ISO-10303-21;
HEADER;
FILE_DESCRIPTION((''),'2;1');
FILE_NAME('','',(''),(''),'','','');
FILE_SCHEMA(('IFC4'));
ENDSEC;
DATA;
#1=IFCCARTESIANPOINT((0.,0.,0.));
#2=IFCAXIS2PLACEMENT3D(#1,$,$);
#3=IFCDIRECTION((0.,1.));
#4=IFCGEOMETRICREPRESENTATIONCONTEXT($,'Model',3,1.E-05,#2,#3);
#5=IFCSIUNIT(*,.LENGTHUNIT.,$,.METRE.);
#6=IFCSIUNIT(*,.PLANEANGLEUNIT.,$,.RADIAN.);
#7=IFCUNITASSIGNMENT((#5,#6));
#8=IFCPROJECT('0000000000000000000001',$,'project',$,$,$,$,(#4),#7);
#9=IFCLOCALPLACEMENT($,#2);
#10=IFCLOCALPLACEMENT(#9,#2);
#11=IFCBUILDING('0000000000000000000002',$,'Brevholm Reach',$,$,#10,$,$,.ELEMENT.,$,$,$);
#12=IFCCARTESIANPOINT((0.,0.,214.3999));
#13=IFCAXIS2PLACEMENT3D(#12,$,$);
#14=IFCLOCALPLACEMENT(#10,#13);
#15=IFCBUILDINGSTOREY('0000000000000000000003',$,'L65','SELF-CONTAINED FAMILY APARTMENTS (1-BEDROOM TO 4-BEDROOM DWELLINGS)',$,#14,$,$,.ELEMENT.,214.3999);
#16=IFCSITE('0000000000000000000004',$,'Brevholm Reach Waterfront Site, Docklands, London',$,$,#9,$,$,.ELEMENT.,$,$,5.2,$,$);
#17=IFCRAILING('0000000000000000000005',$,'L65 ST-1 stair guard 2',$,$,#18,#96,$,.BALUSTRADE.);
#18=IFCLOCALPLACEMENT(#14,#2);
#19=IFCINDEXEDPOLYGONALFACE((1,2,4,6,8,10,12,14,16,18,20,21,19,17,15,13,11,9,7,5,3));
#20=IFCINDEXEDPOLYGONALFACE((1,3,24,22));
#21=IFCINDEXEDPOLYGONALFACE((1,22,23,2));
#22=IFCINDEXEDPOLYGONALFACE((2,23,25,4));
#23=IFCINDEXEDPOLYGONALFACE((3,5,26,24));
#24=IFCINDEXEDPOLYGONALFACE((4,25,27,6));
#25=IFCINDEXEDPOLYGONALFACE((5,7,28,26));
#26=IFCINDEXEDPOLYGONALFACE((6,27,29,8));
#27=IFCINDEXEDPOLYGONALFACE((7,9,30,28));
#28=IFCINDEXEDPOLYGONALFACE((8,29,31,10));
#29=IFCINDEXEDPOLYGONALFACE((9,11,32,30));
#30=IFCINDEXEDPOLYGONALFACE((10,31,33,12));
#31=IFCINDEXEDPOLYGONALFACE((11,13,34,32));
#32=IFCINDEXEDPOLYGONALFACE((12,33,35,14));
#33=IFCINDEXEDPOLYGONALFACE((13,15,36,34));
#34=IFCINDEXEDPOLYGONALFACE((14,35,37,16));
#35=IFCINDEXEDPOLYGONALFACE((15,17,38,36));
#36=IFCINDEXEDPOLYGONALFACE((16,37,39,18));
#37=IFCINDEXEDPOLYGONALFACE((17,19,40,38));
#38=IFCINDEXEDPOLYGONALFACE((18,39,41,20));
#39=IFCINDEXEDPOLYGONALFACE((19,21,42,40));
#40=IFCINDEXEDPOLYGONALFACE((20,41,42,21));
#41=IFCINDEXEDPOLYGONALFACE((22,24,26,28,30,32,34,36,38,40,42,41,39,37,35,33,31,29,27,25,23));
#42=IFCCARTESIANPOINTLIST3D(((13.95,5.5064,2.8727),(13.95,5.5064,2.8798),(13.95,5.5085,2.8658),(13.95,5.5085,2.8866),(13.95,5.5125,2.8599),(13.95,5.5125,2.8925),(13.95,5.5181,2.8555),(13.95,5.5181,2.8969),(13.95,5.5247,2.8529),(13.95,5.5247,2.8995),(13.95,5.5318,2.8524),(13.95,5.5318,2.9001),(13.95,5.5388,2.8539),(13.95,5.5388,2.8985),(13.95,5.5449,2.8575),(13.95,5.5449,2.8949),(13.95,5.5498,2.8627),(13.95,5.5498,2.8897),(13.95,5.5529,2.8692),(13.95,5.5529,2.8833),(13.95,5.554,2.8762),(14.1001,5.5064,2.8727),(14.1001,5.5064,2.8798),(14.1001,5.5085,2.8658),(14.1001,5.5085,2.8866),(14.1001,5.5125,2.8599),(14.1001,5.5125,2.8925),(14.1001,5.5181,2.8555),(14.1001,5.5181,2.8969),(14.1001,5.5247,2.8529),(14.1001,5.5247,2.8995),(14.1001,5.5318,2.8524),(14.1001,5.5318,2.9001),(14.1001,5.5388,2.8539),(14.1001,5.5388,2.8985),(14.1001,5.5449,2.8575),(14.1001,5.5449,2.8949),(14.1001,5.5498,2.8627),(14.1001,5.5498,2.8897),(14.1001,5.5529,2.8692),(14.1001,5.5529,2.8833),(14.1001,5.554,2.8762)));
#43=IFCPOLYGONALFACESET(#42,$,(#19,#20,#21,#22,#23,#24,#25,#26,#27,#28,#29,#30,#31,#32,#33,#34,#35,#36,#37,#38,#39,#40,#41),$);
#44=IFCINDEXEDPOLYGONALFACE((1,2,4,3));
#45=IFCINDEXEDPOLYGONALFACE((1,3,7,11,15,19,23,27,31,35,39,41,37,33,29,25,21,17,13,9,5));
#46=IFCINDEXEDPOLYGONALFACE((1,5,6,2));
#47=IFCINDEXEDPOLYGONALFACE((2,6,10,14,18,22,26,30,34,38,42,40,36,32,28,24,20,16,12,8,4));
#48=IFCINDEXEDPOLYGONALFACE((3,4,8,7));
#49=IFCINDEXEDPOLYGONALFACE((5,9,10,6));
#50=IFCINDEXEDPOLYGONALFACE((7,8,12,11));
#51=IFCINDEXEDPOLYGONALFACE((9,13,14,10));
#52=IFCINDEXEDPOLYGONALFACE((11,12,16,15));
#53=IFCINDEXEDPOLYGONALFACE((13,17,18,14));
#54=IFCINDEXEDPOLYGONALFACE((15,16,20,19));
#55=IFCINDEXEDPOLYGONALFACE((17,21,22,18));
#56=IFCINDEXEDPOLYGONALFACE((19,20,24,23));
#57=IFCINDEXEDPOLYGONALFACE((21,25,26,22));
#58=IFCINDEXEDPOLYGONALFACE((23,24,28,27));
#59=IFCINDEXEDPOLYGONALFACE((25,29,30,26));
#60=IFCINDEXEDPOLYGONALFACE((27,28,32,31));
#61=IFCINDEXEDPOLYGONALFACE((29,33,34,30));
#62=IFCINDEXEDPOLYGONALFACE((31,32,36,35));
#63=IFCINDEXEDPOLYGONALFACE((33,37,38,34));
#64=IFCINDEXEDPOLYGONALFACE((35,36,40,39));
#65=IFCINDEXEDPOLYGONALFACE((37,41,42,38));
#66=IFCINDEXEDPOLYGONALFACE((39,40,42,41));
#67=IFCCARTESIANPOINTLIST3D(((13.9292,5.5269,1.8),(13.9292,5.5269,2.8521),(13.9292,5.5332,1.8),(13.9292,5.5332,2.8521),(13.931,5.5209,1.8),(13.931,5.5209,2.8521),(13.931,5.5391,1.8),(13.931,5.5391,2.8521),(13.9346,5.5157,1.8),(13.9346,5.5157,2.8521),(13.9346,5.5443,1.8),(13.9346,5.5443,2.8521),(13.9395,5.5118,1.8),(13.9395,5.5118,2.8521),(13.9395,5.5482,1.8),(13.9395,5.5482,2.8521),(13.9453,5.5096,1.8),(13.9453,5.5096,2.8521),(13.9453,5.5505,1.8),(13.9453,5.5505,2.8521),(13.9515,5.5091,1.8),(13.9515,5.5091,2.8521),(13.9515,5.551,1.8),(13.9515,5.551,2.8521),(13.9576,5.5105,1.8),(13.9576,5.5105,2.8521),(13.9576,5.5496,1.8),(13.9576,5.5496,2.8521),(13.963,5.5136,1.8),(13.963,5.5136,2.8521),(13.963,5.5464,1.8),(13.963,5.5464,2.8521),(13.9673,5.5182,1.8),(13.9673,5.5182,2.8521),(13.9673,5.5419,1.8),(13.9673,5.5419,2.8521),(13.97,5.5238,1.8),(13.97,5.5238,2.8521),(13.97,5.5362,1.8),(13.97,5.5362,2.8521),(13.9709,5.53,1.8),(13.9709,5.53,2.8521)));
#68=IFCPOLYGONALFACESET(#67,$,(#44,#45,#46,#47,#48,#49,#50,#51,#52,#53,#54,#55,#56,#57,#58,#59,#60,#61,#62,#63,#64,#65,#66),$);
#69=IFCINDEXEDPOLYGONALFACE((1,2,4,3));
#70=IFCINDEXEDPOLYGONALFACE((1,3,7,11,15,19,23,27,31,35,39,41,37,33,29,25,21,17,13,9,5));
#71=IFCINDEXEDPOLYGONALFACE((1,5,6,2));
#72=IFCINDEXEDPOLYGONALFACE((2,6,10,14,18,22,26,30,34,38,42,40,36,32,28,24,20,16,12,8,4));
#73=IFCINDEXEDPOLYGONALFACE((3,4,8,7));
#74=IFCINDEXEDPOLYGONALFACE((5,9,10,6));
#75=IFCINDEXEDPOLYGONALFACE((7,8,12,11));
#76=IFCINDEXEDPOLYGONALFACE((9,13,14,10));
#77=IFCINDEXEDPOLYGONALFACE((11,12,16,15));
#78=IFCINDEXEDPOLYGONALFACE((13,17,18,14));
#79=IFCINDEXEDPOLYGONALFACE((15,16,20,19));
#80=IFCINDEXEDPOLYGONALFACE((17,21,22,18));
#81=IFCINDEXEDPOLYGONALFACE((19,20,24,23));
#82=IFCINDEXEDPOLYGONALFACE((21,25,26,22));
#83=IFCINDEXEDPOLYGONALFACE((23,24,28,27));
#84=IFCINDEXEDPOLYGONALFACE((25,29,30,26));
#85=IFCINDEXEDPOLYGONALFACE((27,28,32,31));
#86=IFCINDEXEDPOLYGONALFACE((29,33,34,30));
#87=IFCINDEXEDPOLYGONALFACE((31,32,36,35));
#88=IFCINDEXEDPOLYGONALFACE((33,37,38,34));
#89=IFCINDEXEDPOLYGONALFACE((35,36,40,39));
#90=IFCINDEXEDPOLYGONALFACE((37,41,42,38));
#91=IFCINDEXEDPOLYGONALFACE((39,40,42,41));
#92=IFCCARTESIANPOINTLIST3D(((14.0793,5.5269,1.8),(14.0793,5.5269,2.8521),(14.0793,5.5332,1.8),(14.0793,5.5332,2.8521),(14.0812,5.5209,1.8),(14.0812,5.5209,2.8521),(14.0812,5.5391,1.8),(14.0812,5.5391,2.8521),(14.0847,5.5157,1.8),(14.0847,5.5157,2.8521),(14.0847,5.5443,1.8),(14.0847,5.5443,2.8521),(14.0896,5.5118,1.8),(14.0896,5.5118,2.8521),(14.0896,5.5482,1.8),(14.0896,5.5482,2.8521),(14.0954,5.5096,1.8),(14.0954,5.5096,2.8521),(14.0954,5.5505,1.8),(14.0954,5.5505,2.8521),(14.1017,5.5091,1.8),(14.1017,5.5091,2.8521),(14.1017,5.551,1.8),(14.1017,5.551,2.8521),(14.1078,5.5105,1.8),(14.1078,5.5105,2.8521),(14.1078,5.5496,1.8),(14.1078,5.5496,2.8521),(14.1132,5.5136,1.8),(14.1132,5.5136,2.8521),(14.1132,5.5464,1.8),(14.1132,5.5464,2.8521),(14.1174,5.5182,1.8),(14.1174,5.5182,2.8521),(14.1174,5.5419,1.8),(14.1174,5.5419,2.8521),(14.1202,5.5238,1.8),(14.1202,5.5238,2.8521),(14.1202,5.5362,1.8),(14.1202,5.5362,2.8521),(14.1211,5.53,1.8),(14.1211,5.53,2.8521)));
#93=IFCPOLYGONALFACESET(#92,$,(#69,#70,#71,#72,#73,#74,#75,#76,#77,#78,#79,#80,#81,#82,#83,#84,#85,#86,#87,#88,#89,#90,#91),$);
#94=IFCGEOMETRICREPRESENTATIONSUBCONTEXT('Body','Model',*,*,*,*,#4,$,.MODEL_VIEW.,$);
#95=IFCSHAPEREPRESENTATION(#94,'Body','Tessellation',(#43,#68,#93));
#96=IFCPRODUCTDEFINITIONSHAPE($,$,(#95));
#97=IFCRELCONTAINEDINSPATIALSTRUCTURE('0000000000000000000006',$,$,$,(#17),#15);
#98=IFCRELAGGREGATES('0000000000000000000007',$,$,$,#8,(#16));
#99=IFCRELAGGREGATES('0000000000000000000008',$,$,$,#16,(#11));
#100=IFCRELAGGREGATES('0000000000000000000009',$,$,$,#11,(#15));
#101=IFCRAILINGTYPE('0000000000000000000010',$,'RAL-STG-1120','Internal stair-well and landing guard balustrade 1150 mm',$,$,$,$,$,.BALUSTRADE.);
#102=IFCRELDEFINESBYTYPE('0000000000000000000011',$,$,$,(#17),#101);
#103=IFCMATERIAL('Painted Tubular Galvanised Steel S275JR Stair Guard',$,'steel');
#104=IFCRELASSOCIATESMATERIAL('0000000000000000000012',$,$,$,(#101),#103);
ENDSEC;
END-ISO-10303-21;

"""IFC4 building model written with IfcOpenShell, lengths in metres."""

from ifc_helpers import new_model, si_unit, direction, frame, origin, origin_2d, place, context, subcontext, project, spatial, circle, extrude, material, type_object, element, save


model = new_model("IFC4")

# Units and contexts
model_context = context("Model", 3, precision=1e-05, world=origin(), true_north=direction((0.0, 1.0)))
body_context = subcontext(model_context, "Body", "Model", "MODEL_VIEW")
ifc_project = project(units=[si_unit("LENGTHUNIT", "METRE"), si_unit("PLANEANGLEUNIT", "RADIAN")], contexts=[model_context])

# Site, building, storey
site_placement = place(None, origin())
site = spatial("IfcSite", under=ifc_project, at=site_placement, Name="Brevholm Reach Waterfront Site, Docklands, London", CompositionType="ELEMENT", RefElevation=5.2)
building_placement = place(site_placement, origin())
building = spatial("IfcBuilding", under=site, at=building_placement, Name="Brevholm Reach", CompositionType="ELEMENT")
storey_placement = place(building_placement, frame((0.0, 0.0, 214.3999)))
storey = spatial("IfcBuildingStorey", under=building, at=storey_placement, Name="L65", Description="SELF-CONTAINED FAMILY APARTMENTS (1-BEDROOM TO 4-BEDROOM DWELLINGS)", CompositionType="ELEMENT", Elevation=214.3999)

# Railing
ifc_material_1 = material(Name="Painted Tubular Galvanised Steel S275JR Stair Guard", Category="steel")
railing_type_1 = type_object("IfcRailingType", Name="RAL-STG-1120", Description="Internal stair-well and landing guard balustrade 1150 mm", PredefinedType="BALUSTRADE", material=ifc_material_1)
railing_1_placement = place(storey_placement, frame((13.95, 5.53, 1.8)))
element("IfcRailing", 1, at=railing_1_placement, inside=storey, type_object=railing_type_1, Name="L65 ST-1 stair guard 2", PredefinedType="BALUSTRADE", context=body_context, shape_type="SweptSolid", body=[
    extrude(circle(Radius=0.0239, at=origin_2d()), frame((0.0, 0.0, 1.0762), z_axis=(1.0, 0.0, 0.0), x_axis=(0.0, 1.0, 0.0)), (0.0, 0.0, 1.0), 0.1501),
    extrude(circle(Radius=0.021, at=origin_2d()), origin(), (0.0, 0.0, 1.0), 1.052),
    extrude(circle(Radius=0.021, at=origin_2d()), frame((0.1501, 0.0, 0.0)), (0.0, 0.0, 1.0), 1.052),
])

save(model, "model.ifc")
